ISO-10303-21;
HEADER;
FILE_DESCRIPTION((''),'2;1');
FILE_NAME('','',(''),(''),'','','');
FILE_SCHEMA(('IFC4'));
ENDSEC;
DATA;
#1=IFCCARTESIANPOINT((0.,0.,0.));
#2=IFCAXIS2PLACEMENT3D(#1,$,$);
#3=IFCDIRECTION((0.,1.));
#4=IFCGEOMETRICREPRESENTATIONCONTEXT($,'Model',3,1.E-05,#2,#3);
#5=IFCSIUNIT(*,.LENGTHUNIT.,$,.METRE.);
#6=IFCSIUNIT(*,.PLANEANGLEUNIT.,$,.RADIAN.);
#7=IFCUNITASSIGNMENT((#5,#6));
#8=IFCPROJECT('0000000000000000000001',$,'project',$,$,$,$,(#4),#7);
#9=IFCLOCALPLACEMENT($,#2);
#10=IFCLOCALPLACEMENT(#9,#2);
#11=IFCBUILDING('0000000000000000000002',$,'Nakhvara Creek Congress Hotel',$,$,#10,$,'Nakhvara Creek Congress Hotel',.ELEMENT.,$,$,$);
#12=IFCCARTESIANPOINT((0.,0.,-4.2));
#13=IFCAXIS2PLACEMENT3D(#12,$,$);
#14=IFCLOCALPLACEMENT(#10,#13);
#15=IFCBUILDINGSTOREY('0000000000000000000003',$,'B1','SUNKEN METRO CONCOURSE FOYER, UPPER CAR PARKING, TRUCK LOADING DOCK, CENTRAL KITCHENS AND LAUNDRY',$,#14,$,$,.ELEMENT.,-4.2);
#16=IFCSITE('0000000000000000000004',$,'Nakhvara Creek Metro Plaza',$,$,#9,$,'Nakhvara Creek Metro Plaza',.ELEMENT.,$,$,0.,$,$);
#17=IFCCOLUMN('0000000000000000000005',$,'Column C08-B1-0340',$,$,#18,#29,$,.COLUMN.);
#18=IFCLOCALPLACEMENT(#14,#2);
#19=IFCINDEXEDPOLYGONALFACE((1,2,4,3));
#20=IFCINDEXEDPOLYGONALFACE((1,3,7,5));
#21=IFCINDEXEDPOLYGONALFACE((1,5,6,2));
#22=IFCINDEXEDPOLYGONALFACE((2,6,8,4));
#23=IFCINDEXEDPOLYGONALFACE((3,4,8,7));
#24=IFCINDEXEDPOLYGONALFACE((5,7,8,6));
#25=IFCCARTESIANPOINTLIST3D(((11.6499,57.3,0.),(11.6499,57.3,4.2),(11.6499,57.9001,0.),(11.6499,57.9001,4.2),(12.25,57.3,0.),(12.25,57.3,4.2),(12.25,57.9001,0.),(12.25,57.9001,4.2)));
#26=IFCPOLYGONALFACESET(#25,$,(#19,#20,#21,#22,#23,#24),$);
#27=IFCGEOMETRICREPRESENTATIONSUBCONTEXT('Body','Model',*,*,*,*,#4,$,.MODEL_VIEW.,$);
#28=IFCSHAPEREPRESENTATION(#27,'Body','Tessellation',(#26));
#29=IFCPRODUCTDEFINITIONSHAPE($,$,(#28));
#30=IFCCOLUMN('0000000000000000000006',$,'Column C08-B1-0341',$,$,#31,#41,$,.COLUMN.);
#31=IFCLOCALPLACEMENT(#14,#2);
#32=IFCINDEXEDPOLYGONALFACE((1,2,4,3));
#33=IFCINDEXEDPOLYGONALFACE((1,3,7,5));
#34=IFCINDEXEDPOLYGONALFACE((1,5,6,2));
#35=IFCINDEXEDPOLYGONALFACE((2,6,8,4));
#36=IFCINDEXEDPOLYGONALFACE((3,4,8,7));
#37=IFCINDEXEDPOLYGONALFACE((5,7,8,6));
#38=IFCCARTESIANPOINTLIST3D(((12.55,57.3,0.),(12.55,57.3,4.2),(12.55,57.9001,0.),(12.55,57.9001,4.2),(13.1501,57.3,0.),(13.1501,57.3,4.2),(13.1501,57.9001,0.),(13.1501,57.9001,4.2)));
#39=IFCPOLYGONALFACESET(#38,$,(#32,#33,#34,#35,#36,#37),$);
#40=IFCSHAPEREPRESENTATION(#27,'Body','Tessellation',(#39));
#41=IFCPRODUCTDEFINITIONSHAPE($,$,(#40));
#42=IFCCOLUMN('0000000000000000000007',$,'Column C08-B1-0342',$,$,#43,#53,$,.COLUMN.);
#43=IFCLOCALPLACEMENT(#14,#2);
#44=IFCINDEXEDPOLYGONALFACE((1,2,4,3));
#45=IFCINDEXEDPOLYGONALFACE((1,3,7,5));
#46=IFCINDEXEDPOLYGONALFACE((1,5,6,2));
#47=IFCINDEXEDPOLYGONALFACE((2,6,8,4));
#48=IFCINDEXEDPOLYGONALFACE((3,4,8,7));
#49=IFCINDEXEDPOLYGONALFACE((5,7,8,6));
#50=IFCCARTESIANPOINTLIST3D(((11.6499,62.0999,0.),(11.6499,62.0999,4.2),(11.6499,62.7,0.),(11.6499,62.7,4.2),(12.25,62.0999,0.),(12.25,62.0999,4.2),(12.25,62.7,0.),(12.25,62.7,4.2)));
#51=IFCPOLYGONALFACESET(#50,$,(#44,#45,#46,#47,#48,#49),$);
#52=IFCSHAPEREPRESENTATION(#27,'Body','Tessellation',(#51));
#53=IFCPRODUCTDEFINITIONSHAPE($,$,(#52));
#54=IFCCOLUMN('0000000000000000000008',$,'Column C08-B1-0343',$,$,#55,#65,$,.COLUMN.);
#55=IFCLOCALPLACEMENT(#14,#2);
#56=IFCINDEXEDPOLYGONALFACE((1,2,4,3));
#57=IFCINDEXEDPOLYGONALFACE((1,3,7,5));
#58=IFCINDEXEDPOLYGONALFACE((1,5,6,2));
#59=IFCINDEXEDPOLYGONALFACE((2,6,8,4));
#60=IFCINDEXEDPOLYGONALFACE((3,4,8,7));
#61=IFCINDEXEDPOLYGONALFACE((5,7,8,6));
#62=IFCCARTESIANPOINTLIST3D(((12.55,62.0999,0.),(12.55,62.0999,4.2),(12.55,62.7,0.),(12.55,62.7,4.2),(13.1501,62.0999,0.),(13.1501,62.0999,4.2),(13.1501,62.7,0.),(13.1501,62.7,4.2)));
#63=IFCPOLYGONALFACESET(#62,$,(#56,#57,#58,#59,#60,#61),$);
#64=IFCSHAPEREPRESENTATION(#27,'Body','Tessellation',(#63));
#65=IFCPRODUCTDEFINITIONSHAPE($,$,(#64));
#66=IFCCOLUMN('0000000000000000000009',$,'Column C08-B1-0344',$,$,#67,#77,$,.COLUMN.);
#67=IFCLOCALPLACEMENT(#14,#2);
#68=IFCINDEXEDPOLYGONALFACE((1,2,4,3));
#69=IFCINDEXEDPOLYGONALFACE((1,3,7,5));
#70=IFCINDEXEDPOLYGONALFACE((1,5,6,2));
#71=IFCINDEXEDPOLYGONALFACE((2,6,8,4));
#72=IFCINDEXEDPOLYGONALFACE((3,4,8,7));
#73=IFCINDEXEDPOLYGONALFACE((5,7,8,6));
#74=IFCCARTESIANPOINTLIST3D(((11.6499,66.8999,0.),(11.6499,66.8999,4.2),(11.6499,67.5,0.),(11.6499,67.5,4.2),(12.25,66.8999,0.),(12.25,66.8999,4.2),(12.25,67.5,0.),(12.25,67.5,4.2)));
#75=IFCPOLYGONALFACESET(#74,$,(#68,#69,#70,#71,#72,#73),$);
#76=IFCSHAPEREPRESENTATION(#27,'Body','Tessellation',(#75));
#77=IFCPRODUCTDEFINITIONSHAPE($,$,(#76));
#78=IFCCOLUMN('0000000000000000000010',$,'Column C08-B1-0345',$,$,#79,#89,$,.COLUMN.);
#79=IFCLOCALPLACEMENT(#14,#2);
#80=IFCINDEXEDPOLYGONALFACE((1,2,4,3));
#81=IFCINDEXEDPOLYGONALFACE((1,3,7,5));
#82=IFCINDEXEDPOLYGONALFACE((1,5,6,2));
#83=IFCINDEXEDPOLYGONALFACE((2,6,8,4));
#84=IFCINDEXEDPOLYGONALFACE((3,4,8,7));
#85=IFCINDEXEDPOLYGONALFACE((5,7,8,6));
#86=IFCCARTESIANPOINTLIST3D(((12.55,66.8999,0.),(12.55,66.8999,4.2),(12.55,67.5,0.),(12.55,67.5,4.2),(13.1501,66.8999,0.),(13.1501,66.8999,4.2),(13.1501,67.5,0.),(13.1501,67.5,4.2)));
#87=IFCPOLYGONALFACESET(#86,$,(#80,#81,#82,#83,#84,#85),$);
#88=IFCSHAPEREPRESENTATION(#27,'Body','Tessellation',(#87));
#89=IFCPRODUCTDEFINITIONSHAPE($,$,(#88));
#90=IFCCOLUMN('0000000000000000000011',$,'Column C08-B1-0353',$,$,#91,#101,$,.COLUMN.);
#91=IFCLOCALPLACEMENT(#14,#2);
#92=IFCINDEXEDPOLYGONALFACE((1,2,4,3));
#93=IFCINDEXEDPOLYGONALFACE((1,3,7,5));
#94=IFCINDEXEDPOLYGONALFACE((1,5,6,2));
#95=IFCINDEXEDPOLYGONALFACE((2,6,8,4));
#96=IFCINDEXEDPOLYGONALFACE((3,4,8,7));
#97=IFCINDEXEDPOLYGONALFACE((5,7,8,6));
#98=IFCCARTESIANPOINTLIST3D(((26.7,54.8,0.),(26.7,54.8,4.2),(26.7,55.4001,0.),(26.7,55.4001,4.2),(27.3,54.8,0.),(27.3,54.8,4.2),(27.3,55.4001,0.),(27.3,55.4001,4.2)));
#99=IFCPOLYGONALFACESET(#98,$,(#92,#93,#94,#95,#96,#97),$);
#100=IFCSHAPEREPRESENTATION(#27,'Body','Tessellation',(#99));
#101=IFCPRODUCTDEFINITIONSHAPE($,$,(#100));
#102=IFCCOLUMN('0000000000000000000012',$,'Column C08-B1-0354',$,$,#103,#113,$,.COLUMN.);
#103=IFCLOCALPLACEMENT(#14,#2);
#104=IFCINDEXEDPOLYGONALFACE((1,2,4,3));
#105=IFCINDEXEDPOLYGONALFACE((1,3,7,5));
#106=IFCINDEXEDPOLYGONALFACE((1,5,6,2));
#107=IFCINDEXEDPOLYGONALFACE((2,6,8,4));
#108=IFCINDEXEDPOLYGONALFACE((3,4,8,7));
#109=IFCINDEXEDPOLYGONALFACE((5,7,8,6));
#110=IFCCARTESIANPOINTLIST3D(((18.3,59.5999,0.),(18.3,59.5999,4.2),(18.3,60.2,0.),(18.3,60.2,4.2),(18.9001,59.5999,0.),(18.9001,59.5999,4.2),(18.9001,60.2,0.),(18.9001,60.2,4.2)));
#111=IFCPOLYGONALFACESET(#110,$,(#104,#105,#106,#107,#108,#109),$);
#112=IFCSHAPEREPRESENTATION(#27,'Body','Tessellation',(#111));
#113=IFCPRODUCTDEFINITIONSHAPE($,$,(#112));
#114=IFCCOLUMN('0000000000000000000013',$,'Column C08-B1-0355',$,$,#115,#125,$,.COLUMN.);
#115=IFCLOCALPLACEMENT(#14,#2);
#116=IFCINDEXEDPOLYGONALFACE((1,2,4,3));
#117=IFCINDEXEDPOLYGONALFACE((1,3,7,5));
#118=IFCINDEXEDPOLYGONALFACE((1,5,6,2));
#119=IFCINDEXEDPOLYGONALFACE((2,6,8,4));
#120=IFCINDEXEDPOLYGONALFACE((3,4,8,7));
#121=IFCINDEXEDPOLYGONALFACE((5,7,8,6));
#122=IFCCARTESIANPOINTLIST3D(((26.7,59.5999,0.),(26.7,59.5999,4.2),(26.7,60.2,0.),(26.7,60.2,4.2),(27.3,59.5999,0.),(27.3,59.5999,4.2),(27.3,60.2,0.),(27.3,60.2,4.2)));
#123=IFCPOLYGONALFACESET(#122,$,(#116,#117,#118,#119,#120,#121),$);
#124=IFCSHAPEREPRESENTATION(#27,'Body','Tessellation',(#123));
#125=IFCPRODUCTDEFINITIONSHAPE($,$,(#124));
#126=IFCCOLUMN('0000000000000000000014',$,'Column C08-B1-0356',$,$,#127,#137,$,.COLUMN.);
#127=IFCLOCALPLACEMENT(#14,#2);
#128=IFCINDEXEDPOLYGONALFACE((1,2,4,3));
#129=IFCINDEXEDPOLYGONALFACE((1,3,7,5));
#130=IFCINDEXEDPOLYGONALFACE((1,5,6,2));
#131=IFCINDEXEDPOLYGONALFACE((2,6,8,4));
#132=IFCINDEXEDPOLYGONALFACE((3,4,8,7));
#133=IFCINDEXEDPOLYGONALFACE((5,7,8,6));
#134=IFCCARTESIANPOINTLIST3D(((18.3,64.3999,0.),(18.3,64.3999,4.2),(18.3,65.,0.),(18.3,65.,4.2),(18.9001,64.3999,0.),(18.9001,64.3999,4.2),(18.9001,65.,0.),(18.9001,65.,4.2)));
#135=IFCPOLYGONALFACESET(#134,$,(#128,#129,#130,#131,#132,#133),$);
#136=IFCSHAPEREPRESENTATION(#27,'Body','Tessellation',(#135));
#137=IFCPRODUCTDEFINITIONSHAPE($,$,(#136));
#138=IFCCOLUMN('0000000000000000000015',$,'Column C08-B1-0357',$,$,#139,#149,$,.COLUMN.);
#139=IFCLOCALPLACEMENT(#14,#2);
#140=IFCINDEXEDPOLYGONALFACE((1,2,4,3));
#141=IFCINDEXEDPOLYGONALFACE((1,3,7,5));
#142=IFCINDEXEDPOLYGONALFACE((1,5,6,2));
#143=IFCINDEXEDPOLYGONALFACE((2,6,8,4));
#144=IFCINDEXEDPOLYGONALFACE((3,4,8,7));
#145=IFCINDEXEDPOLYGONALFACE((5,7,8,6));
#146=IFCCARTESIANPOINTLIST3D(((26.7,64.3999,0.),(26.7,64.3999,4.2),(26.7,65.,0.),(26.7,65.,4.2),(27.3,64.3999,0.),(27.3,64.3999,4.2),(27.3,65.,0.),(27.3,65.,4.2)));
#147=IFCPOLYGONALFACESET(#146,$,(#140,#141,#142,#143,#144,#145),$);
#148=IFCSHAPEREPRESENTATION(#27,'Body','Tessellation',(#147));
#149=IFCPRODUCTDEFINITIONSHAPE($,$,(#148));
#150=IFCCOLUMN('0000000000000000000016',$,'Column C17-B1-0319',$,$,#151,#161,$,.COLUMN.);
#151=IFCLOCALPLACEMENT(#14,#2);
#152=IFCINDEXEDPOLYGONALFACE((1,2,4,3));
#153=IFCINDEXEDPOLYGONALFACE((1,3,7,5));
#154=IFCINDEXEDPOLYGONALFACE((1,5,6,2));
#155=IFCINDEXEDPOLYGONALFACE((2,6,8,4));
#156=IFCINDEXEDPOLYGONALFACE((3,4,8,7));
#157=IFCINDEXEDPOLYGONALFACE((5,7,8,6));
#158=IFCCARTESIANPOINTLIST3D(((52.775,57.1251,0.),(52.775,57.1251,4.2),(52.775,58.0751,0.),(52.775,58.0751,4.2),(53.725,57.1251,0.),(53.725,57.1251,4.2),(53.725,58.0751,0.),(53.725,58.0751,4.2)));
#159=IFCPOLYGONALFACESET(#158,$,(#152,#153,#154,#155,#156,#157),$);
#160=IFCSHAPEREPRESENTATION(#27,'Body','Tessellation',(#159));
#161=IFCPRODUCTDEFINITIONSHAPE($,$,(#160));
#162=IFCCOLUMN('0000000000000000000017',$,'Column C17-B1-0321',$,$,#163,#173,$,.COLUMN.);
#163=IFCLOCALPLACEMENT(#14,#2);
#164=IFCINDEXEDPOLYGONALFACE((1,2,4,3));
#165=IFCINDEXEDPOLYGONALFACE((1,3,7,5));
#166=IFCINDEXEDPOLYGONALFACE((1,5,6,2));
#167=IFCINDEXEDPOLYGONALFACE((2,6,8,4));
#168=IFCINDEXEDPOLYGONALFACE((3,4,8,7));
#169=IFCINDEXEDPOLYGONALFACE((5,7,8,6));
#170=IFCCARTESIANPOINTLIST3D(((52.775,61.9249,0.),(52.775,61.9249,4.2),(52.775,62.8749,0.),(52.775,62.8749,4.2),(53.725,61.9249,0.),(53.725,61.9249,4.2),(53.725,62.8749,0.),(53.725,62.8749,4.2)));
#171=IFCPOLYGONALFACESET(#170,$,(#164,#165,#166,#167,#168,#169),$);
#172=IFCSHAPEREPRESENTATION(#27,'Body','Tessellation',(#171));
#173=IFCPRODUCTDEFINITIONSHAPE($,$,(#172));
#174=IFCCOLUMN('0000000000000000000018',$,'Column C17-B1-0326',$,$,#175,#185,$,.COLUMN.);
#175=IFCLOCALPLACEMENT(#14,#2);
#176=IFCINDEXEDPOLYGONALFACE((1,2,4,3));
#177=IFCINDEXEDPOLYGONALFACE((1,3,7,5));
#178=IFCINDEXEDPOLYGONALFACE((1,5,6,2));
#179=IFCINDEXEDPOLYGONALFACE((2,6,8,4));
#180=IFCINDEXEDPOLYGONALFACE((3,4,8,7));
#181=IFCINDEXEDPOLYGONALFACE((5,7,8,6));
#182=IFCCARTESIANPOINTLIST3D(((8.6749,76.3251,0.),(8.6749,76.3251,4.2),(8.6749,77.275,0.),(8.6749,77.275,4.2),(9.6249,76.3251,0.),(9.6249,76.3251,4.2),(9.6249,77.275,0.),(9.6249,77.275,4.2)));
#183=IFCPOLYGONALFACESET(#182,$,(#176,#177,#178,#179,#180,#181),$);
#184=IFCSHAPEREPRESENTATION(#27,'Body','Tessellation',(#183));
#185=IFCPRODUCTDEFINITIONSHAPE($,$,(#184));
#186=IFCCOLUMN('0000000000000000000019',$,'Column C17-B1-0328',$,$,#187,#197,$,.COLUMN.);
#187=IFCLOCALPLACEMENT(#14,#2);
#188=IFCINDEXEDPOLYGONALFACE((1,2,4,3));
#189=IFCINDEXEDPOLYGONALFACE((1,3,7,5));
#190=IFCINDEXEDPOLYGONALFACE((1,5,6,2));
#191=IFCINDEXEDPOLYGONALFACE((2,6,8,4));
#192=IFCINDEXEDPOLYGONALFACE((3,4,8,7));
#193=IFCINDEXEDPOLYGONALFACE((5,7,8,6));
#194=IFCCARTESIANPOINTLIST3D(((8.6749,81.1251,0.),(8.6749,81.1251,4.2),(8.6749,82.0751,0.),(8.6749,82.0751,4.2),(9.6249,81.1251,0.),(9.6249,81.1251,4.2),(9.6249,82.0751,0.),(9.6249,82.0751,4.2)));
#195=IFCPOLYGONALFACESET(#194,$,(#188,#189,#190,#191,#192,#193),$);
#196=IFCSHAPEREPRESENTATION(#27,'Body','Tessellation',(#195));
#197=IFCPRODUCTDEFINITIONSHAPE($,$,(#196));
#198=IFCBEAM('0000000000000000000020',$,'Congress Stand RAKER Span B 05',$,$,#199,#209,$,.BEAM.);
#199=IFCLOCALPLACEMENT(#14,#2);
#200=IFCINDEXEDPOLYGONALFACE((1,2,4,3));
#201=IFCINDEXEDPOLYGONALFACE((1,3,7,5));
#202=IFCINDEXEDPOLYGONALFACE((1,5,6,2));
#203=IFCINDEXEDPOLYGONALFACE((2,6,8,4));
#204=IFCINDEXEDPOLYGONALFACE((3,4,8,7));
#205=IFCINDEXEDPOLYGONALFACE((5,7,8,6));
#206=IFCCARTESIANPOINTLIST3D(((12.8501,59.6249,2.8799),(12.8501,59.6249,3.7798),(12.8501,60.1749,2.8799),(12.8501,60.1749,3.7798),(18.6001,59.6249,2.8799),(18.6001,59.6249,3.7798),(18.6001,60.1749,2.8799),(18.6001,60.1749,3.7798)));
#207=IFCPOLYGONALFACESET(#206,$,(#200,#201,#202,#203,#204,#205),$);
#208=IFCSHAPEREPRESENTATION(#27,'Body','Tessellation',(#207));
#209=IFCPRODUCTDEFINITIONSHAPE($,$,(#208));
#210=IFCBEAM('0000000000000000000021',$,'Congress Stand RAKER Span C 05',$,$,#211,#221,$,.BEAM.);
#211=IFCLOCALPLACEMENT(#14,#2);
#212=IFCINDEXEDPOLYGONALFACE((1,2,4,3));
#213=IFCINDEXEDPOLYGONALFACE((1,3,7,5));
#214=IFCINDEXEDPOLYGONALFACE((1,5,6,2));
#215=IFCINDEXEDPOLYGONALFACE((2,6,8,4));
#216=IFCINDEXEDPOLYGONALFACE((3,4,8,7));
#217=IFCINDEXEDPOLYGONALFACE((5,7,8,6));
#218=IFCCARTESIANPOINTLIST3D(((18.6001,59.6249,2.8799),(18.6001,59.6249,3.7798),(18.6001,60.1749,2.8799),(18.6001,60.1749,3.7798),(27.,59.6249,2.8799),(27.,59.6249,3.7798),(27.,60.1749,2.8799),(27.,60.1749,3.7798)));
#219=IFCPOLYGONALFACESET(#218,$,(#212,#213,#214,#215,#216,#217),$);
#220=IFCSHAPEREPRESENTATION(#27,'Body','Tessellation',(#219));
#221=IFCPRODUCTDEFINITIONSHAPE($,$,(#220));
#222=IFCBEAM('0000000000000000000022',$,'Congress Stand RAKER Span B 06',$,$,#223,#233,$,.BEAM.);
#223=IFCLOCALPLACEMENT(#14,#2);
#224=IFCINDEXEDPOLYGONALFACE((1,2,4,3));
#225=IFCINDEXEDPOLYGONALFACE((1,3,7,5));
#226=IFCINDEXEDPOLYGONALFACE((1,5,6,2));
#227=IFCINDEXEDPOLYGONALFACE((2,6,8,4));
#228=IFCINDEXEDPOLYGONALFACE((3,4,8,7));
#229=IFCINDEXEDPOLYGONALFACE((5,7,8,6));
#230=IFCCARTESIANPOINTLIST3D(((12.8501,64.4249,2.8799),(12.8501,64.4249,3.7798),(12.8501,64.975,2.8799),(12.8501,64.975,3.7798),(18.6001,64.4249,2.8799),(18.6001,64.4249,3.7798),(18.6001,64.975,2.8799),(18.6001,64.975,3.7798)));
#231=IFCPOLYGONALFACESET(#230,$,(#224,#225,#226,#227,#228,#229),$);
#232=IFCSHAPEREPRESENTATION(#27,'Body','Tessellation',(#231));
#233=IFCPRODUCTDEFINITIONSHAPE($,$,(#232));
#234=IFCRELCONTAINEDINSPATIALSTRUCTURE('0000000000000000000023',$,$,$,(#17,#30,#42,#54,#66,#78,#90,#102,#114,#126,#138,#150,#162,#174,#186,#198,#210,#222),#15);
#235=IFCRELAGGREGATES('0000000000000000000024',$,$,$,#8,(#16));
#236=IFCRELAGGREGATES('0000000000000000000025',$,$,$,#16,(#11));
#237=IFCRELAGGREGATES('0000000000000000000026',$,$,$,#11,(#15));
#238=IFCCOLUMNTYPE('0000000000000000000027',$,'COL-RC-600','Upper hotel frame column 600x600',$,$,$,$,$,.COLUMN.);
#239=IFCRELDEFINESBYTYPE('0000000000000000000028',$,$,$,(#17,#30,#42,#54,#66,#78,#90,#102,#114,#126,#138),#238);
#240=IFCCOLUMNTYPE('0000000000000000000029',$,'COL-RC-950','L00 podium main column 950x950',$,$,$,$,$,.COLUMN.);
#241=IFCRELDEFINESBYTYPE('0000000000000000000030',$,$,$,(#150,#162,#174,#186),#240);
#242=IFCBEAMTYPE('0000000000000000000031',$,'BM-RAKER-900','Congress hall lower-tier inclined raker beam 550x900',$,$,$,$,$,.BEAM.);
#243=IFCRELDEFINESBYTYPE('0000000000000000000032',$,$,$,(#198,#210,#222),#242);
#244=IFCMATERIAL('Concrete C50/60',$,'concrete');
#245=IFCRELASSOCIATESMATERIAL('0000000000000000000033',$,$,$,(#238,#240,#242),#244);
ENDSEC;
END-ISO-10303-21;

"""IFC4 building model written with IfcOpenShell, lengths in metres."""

from ifc_helpers import new_model, si_unit, direction, frame, origin, origin_2d, place, context, subcontext, project, spatial, rectangle, extrude, material, material_profile, profile_set, type_object, element, save


model = new_model("IFC4")

# Units and contexts
model_context = context("Model", 3, precision=1e-05, world=origin(), true_north=direction((0.0, 1.0)))
body_context = subcontext(model_context, "Body", "Model", "MODEL_VIEW")
ifc_project = project(units=[si_unit("LENGTHUNIT", "METRE"), si_unit("PLANEANGLEUNIT", "RADIAN")], contexts=[model_context])

# Site, building, storey
site_placement = place(None, origin())
site = spatial("IfcSite", under=ifc_project, at=site_placement, Name="Nakhvara Creek Metro Plaza", LongName="Nakhvara Creek Metro Plaza", CompositionType="ELEMENT", RefElevation=0.0)
building_placement = place(site_placement, origin())
building = spatial("IfcBuilding", under=site, at=building_placement, Name="Nakhvara Creek Congress Hotel", LongName="Nakhvara Creek Congress Hotel", CompositionType="ELEMENT")
storey_placement = place(building_placement, frame((0.0, 0.0, -4.2)))
storey = spatial("IfcBuildingStorey", under=building, at=storey_placement, Name="B1", Description="SUNKEN METRO CONCOURSE FOYER, UPPER CAR PARKING, TRUCK LOADING DOCK, CENTRAL KITCHENS AND LAUNDRY", CompositionType="ELEMENT", Elevation=-4.2)

# Columns
ifc_material_1 = material(Name="Concrete C50/60", Category="concrete")
ifc_material_profile_1 = material_profile(ifc_material_1, rectangle(XDim=0.6001, YDim=0.6001, at=origin_2d()), Name="RC-COL 600x600", Category="LoadBearing")
ifc_profile_set_1 = profile_set([ifc_material_profile_1], Name="Concrete C50/60")
column_type_1 = type_object("IfcColumnType", Name="COL-RC-600", Description="Upper hotel frame column 600x600", PredefinedType="COLUMN", material=ifc_profile_set_1)
for number, where, z_axis, x_axis, name in (
    (1, (11.95, 57.6001, 0.0), (0.0, 0.0, 1.0), (1.0, 0.0, 0.0), "Column C08-B1-0340"),
    (2, (12.8501, 57.6001, 0.0), (0.0, 0.0, 1.0), (1.0, 0.0, 0.0), "Column C08-B1-0341"),
    (3, (11.95, 62.3999, 0.0), (0.0, 0.0, 1.0), (1.0, 0.0, 0.0), "Column C08-B1-0342"),
    (4, (12.8501, 62.3999, 0.0), (0.0, 0.0, 1.0), (1.0, 0.0, 0.0), "Column C08-B1-0343"),
    (5, (11.95, 67.2, 0.0), (0.0, 0.0, 1.0), (1.0, 0.0, 0.0), "Column C08-B1-0344"),
    (6, (12.8501, 67.2, 0.0), (0.0, 0.0, 1.0), (1.0, 0.0, 0.0), "Column C08-B1-0345"),
    (7, (27.0, 55.1001, 0.0), (0.0, 0.0, 1.0), (1.0, 0.0, 0.0), "Column C08-B1-0353"),
    (8, (18.6001, 59.8999, 0.0), (0.0, 0.0, 1.0), (1.0, 0.0, 0.0), "Column C08-B1-0354"),
    (9, (27.0, 59.8999, 0.0), (0.0, 0.0, 1.0), (1.0, 0.0, 0.0), "Column C08-B1-0355"),
    (10, (18.6001, 64.7, 0.0), (0.0, 0.0, 1.0), (1.0, 0.0, 0.0), "Column C08-B1-0356"),
    (11, (27.0, 64.7, 0.0), (0.0, 0.0, 1.0), (1.0, 0.0, 0.0), "Column C08-B1-0357"),
):
    element("IfcColumn", number, at=place(storey_placement, frame(where, z_axis=z_axis, x_axis=x_axis)), inside=storey, type_object=column_type_1, Name=name, PredefinedType="COLUMN", context=body_context, shape_type="SweptSolid", body=[
        extrude(rectangle(XDim=0.6001, YDim=0.6001, at=origin_2d()), origin(), (0.0, 0.0, 1.0), 4.2),
    ])
ifc_material_profile_2 = material_profile(ifc_material_1, rectangle(XDim=0.95, YDim=0.95, at=origin_2d()), Name="RC-COL 950x950", Category="LoadBearing")
ifc_profile_set_2 = profile_set([ifc_material_profile_2], Name="Concrete C50/60")
column_type_2 = type_object("IfcColumnType", Name="COL-RC-950", Description="L00 podium main column 950x950", PredefinedType="COLUMN", material=ifc_profile_set_2)
for number, where, z_axis, x_axis, name in (
    (12, (53.25, 57.6001, 0.0), (0.0, 0.0, 1.0), (1.0, 0.0, 0.0), "Column C17-B1-0319"),
    (13, (53.25, 62.3999, 0.0), (0.0, 0.0, 1.0), (1.0, 0.0, 0.0), "Column C17-B1-0321"),
    (14, (9.1499, 76.8, 0.0), (0.0, 0.0, 1.0), (1.0, 0.0, 0.0), "Column C17-B1-0326"),
    (15, (9.1499, 81.6001, 0.0), (0.0, 0.0, 1.0), (1.0, 0.0, 0.0), "Column C17-B1-0328"),
):
    element("IfcColumn", number, at=place(storey_placement, frame(where, z_axis=z_axis, x_axis=x_axis)), inside=storey, type_object=column_type_2, Name=name, PredefinedType="COLUMN", context=body_context, shape_type="SweptSolid", body=[
        extrude(rectangle(XDim=0.95, YDim=0.95, at=origin_2d()), origin(), (0.0, 0.0, 1.0), 4.2),
    ])

# Beams
ifc_material_profile_3 = material_profile(ifc_material_1, rectangle(XDim=0.55, YDim=0.8999, at=origin_2d()), Name="RC-RAKER 550x900", Category="LoadBearing")
ifc_profile_set_3 = profile_set([ifc_material_profile_3], Name="Concrete C50/60")
beam_type_1 = type_object("IfcBeamType", Name="BM-RAKER-900", Description="Congress hall lower-tier inclined raker beam 550x900", PredefinedType="BEAM", material=ifc_profile_set_3)
beam_1_placement = place(storey_placement, frame((12.8501, 59.8999, 3.3298), z_axis=(1.0, 0.0, 0.0), x_axis=(0.0, 1.0, 0.0)))
element("IfcBeam", 16, at=beam_1_placement, inside=storey, type_object=beam_type_1, Name="Congress Stand RAKER Span B 05", PredefinedType="BEAM", context=body_context, shape_type="SweptSolid", body=[
    extrude(rectangle(XDim=0.55, YDim=0.8999, at=origin_2d()), origin(), (0.0, 0.0, 1.0), 5.75),
])
beam_2_placement = place(storey_placement, frame((18.6001, 59.8999, 3.3298), z_axis=(1.0, 0.0, 0.0), x_axis=(0.0, 1.0, 0.0)))
element("IfcBeam", 17, at=beam_2_placement, inside=storey, type_object=beam_type_1, Name="Congress Stand RAKER Span C 05", PredefinedType="BEAM", context=body_context, shape_type="SweptSolid", body=[
    extrude(rectangle(XDim=0.55, YDim=0.8999, at=origin_2d()), origin(), (0.0, 0.0, 1.0), 8.3999),
])
beam_3_placement = place(storey_placement, frame((12.8501, 64.7, 3.3298), z_axis=(1.0, 0.0, 0.0), x_axis=(0.0, 1.0, 0.0)))
element("IfcBeam", 18, at=beam_3_placement, inside=storey, type_object=beam_type_1, Name="Congress Stand RAKER Span B 06", PredefinedType="BEAM", context=body_context, shape_type="SweptSolid", body=[
    extrude(rectangle(XDim=0.55, YDim=0.8999, at=origin_2d()), origin(), (0.0, 0.0, 1.0), 5.75),
])

save(model, "model.ifc")
